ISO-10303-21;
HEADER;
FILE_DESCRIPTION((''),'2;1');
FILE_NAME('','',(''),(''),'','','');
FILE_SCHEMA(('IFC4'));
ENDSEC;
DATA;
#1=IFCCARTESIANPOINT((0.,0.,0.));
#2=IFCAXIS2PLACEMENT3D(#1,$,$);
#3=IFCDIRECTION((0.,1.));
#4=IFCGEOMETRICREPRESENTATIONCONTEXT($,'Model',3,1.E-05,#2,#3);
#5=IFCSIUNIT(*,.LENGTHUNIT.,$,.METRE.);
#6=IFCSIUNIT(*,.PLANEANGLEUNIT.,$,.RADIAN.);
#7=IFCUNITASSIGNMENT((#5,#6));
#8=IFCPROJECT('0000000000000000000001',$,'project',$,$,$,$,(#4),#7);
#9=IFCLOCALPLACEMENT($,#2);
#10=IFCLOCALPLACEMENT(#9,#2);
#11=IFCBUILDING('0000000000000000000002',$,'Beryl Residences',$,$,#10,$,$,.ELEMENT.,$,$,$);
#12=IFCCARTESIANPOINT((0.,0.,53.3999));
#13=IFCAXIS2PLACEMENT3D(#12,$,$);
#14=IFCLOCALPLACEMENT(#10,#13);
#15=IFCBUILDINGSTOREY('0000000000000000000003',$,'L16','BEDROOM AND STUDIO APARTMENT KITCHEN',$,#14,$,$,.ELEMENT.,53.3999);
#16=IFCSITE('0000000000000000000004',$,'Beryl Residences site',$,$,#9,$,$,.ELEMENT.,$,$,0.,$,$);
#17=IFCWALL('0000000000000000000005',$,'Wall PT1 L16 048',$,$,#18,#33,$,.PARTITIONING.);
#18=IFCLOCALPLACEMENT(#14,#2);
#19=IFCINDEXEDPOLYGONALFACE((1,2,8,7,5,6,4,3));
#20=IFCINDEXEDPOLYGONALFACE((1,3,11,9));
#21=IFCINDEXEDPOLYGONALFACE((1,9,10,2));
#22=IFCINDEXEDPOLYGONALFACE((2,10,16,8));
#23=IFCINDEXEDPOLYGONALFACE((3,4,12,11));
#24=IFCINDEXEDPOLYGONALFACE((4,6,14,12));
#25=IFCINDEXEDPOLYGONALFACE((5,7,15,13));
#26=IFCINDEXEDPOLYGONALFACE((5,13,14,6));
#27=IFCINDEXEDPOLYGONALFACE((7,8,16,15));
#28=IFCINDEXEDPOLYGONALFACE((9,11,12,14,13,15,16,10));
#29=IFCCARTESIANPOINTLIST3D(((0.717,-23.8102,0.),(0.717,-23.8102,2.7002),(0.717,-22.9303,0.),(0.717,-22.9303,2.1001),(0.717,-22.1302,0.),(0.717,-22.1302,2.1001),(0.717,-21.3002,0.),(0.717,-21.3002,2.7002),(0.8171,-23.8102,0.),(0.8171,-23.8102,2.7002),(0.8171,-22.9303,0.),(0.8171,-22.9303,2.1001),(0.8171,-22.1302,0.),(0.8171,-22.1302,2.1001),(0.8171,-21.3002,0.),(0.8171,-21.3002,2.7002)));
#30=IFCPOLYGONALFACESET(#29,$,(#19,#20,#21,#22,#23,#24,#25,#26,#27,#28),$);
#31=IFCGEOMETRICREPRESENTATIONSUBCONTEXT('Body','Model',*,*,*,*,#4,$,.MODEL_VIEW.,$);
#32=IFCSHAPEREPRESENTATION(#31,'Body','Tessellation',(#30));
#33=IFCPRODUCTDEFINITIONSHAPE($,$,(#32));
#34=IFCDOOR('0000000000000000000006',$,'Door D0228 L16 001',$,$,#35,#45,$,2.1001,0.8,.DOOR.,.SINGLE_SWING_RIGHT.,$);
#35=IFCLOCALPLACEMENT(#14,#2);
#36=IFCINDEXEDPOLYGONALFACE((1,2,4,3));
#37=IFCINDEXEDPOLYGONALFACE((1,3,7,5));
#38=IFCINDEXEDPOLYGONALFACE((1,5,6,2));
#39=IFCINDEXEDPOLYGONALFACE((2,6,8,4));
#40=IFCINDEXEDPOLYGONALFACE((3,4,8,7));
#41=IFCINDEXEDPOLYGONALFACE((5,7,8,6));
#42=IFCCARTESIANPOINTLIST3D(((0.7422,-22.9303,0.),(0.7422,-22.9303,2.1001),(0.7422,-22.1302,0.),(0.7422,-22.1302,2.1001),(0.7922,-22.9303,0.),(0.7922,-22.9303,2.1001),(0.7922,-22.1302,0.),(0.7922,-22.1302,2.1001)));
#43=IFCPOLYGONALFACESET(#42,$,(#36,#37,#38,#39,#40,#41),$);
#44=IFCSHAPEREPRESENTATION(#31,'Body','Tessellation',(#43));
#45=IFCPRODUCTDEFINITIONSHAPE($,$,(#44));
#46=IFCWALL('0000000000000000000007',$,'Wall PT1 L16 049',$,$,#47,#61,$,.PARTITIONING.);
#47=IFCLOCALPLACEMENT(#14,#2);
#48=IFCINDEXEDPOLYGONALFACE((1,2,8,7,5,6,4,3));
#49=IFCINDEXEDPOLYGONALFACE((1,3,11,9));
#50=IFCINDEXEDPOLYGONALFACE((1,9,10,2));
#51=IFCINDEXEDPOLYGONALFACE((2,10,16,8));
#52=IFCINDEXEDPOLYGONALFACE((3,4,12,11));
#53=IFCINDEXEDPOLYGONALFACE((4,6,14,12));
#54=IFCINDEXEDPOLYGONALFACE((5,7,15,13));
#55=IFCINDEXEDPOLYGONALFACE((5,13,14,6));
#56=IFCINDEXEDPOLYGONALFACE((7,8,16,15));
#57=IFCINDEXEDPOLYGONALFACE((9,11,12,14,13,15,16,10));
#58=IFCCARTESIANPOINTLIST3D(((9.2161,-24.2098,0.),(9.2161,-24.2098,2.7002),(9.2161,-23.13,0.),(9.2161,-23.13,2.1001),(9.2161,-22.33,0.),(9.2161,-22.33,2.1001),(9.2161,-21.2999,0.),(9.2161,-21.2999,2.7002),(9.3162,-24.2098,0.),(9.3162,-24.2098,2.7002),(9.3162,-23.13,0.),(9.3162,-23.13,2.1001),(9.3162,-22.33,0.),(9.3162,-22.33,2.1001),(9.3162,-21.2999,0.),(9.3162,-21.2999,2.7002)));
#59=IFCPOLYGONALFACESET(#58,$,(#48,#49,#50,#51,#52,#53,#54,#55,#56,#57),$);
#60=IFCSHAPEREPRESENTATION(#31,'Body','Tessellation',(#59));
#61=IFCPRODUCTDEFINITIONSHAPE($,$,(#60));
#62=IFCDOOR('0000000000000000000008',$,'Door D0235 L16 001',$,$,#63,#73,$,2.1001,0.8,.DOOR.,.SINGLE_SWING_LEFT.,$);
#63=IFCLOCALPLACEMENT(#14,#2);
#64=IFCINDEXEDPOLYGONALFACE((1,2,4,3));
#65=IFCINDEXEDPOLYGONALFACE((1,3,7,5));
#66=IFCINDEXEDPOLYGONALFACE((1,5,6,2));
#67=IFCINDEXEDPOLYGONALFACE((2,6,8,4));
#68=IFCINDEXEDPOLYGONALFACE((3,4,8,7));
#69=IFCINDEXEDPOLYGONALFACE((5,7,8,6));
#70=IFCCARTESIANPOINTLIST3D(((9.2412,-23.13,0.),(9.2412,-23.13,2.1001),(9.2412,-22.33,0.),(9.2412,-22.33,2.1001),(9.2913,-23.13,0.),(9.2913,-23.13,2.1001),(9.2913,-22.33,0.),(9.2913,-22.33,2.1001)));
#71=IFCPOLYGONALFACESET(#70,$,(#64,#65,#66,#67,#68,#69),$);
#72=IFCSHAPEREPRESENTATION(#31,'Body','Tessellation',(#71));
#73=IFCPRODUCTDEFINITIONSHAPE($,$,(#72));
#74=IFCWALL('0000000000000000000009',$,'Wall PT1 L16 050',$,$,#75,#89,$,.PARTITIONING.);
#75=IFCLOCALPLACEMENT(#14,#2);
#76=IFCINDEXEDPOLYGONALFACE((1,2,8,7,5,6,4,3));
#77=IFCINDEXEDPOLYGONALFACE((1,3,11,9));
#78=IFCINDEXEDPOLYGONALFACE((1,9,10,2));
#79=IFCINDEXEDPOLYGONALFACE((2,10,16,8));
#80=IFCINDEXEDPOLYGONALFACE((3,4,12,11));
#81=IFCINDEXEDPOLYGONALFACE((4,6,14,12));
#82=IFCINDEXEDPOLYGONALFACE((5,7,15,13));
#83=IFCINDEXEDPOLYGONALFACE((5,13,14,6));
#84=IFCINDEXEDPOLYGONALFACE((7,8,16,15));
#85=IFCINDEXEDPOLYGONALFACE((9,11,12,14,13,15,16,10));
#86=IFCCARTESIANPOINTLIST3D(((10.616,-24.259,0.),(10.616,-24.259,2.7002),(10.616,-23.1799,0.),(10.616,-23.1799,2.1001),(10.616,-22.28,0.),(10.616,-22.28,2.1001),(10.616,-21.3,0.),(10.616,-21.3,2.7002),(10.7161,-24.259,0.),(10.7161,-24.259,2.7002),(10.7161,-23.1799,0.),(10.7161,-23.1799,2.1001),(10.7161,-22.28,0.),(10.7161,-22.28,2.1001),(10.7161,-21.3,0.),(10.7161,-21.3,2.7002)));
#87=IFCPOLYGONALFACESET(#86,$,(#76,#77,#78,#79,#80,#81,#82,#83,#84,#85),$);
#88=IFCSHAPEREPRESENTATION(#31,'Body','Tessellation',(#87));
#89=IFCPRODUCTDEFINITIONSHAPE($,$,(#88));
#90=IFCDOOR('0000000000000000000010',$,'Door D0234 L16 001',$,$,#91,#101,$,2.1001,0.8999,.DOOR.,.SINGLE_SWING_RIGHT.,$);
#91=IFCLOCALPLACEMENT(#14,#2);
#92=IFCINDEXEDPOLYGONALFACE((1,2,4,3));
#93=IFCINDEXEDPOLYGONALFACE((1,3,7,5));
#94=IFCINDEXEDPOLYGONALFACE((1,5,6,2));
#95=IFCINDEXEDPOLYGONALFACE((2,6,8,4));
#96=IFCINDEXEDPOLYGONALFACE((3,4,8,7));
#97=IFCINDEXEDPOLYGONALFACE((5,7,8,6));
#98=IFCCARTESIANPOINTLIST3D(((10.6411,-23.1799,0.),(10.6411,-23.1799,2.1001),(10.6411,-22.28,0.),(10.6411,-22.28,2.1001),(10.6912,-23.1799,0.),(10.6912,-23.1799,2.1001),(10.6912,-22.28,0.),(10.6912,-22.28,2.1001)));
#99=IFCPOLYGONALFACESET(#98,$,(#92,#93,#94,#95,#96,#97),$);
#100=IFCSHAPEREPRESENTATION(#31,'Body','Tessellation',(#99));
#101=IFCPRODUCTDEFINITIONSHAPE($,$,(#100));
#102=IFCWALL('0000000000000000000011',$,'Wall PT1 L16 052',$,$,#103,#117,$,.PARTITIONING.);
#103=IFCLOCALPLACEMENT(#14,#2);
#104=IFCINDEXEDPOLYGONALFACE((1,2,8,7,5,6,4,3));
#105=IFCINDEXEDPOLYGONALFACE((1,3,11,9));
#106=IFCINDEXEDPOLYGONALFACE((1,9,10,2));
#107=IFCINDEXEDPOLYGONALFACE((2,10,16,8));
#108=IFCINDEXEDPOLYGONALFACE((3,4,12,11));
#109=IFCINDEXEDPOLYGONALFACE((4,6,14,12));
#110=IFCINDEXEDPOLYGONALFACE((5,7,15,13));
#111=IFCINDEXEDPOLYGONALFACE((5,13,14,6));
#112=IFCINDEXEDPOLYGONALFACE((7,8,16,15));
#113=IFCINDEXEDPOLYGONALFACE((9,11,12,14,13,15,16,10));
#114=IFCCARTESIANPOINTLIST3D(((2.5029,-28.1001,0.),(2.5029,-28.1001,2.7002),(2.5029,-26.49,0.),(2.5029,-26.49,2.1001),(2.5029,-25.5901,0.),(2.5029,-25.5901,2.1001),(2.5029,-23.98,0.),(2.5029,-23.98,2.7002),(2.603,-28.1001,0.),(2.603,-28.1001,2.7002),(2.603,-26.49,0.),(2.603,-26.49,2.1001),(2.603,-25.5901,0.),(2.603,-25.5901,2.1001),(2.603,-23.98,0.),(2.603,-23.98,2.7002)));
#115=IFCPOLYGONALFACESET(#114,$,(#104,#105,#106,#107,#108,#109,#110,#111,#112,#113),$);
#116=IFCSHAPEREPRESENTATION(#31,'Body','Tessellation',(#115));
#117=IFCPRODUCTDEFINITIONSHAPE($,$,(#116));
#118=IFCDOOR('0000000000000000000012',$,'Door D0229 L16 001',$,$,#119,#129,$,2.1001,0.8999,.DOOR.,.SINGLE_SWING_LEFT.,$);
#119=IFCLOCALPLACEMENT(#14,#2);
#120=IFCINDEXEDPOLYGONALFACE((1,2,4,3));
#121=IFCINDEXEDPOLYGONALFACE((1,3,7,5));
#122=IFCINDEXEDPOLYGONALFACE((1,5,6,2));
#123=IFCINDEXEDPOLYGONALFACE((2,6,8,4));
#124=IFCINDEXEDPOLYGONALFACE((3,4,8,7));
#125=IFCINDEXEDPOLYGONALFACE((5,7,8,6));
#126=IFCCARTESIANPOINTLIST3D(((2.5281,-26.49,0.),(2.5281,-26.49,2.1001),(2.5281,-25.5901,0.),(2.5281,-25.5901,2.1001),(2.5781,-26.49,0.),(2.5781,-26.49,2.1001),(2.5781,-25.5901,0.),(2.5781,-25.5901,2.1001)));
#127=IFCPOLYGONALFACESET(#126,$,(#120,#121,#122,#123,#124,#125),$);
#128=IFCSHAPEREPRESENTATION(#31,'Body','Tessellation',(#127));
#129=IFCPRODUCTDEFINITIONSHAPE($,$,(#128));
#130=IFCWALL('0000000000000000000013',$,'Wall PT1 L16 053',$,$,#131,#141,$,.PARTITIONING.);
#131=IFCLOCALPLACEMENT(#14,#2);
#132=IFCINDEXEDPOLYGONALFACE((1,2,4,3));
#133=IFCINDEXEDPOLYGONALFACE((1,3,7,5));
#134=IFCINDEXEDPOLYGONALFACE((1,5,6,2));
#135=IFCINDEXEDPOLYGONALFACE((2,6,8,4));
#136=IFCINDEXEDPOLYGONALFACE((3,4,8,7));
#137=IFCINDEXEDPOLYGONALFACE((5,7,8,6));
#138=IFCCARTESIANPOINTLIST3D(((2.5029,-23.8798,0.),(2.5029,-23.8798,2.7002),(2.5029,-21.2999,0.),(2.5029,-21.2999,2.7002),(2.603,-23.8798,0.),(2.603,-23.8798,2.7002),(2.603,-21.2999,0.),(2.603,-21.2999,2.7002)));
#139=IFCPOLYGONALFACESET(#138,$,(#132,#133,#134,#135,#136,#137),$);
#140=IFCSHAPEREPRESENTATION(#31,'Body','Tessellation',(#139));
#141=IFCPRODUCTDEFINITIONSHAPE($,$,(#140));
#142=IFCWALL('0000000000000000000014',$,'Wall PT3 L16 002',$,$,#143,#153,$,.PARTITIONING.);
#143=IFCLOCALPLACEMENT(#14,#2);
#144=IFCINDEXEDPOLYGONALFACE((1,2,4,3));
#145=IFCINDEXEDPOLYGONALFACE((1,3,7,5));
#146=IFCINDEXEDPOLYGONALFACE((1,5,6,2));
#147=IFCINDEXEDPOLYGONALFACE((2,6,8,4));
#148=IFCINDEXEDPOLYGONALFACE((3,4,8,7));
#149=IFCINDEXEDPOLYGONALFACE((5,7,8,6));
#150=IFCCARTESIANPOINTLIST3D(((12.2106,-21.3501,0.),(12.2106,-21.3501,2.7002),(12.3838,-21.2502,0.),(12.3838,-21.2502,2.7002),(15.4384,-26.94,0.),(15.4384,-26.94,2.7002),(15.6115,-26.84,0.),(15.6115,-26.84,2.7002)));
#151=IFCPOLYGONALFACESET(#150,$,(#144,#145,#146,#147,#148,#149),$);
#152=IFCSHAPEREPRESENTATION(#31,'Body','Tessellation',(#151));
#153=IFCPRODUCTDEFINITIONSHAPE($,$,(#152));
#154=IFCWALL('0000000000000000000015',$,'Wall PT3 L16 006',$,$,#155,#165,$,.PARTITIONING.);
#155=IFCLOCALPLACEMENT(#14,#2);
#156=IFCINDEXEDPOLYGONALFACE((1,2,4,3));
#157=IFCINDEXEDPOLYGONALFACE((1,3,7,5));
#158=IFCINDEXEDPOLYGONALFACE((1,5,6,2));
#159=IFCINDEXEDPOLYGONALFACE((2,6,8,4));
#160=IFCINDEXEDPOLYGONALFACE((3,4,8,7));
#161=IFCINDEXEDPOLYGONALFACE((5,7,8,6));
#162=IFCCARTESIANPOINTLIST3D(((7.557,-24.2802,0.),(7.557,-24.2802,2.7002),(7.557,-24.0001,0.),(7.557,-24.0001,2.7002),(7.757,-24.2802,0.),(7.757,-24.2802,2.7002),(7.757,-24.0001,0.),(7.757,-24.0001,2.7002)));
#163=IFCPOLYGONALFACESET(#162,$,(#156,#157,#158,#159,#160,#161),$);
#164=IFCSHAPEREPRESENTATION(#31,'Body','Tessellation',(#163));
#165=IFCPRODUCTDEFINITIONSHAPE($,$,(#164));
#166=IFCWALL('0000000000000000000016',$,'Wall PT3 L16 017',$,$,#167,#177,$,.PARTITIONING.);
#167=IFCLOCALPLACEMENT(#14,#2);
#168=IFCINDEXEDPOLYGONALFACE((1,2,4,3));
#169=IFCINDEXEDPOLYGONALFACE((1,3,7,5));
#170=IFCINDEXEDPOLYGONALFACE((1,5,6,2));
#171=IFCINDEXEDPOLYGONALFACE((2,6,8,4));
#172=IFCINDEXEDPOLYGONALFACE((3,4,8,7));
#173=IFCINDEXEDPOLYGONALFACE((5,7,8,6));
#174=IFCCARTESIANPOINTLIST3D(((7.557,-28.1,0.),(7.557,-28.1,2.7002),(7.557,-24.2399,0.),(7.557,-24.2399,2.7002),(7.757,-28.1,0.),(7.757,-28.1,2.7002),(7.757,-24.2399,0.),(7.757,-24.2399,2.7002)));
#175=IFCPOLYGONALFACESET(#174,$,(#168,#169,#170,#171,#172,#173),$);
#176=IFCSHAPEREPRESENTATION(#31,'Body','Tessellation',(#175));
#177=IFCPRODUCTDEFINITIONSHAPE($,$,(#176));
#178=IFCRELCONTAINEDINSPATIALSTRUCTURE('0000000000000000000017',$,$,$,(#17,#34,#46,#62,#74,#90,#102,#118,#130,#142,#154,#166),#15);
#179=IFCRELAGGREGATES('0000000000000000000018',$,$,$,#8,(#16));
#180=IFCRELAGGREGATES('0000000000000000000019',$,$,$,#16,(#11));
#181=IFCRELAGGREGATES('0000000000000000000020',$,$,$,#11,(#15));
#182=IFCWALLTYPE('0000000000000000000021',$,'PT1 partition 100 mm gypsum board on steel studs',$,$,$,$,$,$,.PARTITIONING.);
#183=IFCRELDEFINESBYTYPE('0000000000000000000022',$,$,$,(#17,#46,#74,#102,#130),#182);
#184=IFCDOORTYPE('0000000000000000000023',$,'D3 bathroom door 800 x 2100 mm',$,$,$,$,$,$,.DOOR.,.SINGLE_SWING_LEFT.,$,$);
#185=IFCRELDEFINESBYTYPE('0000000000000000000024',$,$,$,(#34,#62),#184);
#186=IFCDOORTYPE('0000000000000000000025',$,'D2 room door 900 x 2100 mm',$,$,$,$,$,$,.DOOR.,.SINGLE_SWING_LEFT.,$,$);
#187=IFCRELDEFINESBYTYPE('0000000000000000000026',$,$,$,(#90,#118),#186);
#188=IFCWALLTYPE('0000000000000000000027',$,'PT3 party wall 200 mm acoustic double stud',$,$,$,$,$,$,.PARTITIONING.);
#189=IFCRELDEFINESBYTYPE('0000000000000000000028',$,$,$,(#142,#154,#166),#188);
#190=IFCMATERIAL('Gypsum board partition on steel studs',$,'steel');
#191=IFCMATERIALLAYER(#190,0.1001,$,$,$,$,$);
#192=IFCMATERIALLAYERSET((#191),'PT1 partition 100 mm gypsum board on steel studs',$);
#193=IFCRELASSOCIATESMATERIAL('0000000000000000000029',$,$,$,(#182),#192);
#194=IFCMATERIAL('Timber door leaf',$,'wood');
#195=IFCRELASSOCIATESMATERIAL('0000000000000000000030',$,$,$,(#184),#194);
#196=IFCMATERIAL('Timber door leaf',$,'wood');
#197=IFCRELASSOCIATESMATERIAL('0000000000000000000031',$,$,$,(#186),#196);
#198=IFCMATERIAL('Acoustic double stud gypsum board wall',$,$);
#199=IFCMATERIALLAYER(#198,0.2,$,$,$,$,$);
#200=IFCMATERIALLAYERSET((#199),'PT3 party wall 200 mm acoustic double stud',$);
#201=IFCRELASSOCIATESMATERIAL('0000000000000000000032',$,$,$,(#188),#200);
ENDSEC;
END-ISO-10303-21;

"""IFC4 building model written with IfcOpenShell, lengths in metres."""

from ifc_helpers import new_model, si_unit, direction, frame, frame_2d, origin, place, context, subcontext, project, spatial, rectangle, extrude, material, layer, layer_set, type_object, element, fill, save


model = new_model("IFC4")

# Units and contexts
model_context = context("Model", 3, precision=1e-05, world=origin(), true_north=direction((0.0, 1.0)))
body_context = subcontext(model_context, "Body", "Model", "MODEL_VIEW")
ifc_project = project(units=[si_unit("LENGTHUNIT", "METRE"), si_unit("PLANEANGLEUNIT", "RADIAN")], contexts=[model_context])

# Site, building, storey
site_placement = place(None, origin())
site = spatial("IfcSite", under=ifc_project, at=site_placement, Name="Beryl Residences site", CompositionType="ELEMENT", RefElevation=0.0)
building_placement = place(site_placement, origin())
building = spatial("IfcBuilding", under=site, at=building_placement, Name="Beryl Residences", CompositionType="ELEMENT")
storey_placement = place(building_placement, frame((0.0, 0.0, 53.3999)))
storey = spatial("IfcBuildingStorey", under=building, at=storey_placement, Name="L16", Description="BEDROOM AND STUDIO APARTMENT KITCHEN", CompositionType="ELEMENT", Elevation=53.3999)

# Shared definitions
ifc_material_1 = material(Name="Gypsum board partition on steel studs", Category="steel")
ifc_layer_1 = layer(ifc_material_1, 0.1001)
ifc_layer_set_1 = layer_set([ifc_layer_1], Name="PT1 partition 100 mm gypsum board on steel studs")
wall_type_1 = type_object("IfcWallType", Name="PT1 partition 100 mm gypsum board on steel studs", PredefinedType="PARTITIONING", material=ifc_layer_set_1)
ifc_material_2 = material(Name="Timber door leaf", Category="wood")
door_type_1 = type_object("IfcDoorType", Name="D3 bathroom door 800 x 2100 mm", OperationType="SINGLE_SWING_LEFT", PredefinedType="DOOR", material=ifc_material_2)

# Walls, openings, doors
wall_1_placement = place(storey_placement, frame((0.7671, -23.8101, 0.0), z_axis=(0.0, 0.0, 1.0), x_axis=(0.0, 1.0, 0.0)))
wall_1 = element("IfcWall", 1, at=wall_1_placement, inside=storey, type_object=wall_type_1, Name="Wall PT1 L16 048", PredefinedType="PARTITIONING", context=body_context, shape_type="SweptSolid", body=[
    extrude(rectangle(XDim=2.51, YDim=0.1001, at=frame_2d((1.2549, 0.0))), origin(), (0.0, 0.0, 1.0), 2.7002),
])
opening_1_placement = place(wall_1_placement, frame((0.8799, 0.0, 0.0)))
opening_1 = element("IfcOpeningElement", 2, at=opening_1_placement, cuts=wall_1, PredefinedType="OPENING", context=body_context, shape_type="SweptSolid", body=[
    extrude(rectangle(XDim=0.8, YDim=2.1001, at=frame_2d((0.3999, 1.05))), frame((0.0, 0.0601, 0.0), z_axis=(0.0, -1.0, 0.0), x_axis=(1.0, 0.0, 0.0)), (0.0, 0.0, 1.0), 0.1201),
])
door_1_placement = place(opening_1_placement, origin())
door_1 = element("IfcDoor", 3, at=door_1_placement, inside=storey, type_object=door_type_1, Name="Door D0228 L16 001", OperationType="SINGLE_SWING_RIGHT", OverallHeight=2.1001, OverallWidth=0.8, PredefinedType="DOOR", context=body_context, shape_type="SweptSolid", body=[
    extrude(rectangle(XDim=0.8, YDim=2.1001, at=frame_2d((0.3999, 1.05))), frame((0.0, 0.0249, 0.0), z_axis=(0.0, -1.0, 0.0), x_axis=(1.0, 0.0, 0.0)), (0.0, 0.0, 1.0), 0.05),
])
fill(opening_1, door_1)
wall_2_placement = place(storey_placement, frame((9.2661, -24.21, 0.0), z_axis=(0.0, 0.0, 1.0), x_axis=(0.0, 1.0, 0.0)))
wall_2 = element("IfcWall", 4, at=wall_2_placement, inside=storey, type_object=wall_type_1, Name="Wall PT1 L16 049", PredefinedType="PARTITIONING", context=body_context, shape_type="SweptSolid", body=[
    extrude(rectangle(XDim=2.9099, YDim=0.1001, at=frame_2d((1.4551, 0.0))), origin(), (0.0, 0.0, 1.0), 2.7002),
])
opening_2_placement = place(wall_2_placement, frame((1.0801, 0.0, 0.0)))
opening_2 = element("IfcOpeningElement", 5, at=opening_2_placement, cuts=wall_2, PredefinedType="OPENING", context=body_context, shape_type="SweptSolid", body=[
    extrude(rectangle(XDim=0.8, YDim=2.1001, at=frame_2d((0.3999, 1.05))), frame((0.0, 0.0601, 0.0), z_axis=(0.0, -1.0, 0.0), x_axis=(1.0, 0.0, 0.0)), (0.0, 0.0, 1.0), 0.1201),
])
door_2_placement = place(opening_2_placement, origin())
door_2 = element("IfcDoor", 6, at=door_2_placement, inside=storey, type_object=door_type_1, Name="Door D0235 L16 001", OperationType="SINGLE_SWING_LEFT", OverallHeight=2.1001, OverallWidth=0.8, PredefinedType="DOOR", context=body_context, shape_type="SweptSolid", body=[
    extrude(rectangle(XDim=0.8, YDim=2.1001, at=frame_2d((0.3999, 1.05))), frame((0.0, 0.0249, 0.0), z_axis=(0.0, -1.0, 0.0), x_axis=(1.0, 0.0, 0.0)), (0.0, 0.0, 1.0), 0.05),
])
fill(opening_2, door_2)
wall_3_placement = place(storey_placement, frame((10.666, -24.259, 0.0), z_axis=(0.0, 0.0, 1.0), x_axis=(0.0, 1.0, 0.0)))
wall_3 = element("IfcWall", 7, at=wall_3_placement, inside=storey, type_object=wall_type_1, Name="Wall PT1 L16 050", PredefinedType="PARTITIONING", context=body_context, shape_type="SweptSolid", body=[
    extrude(rectangle(XDim=2.959, YDim=0.1001, at=frame_2d((1.4795, 0.0))), origin(), (0.0, 0.0, 1.0), 2.7002),
])
opening_3_placement = place(wall_3_placement, frame((1.0791, 0.0, 0.0)))
opening_3 = element("IfcOpeningElement", 8, at=opening_3_placement, cuts=wall_3, PredefinedType="OPENING", context=body_context, shape_type="SweptSolid", body=[
    extrude(rectangle(XDim=0.8999, YDim=2.1001, at=frame_2d((0.45, 1.05))), frame((0.0, 0.0601, 0.0), z_axis=(0.0, -1.0, 0.0), x_axis=(1.0, 0.0, 0.0)), (0.0, 0.0, 1.0), 0.1201),
])
ifc_material_3 = material(Name="Timber door leaf", Category="wood")
door_type_2 = type_object("IfcDoorType", Name="D2 room door 900 x 2100 mm", OperationType="SINGLE_SWING_LEFT", PredefinedType="DOOR", material=ifc_material_3)
door_3_placement = place(opening_3_placement, origin())
door_3 = element("IfcDoor", 9, at=door_3_placement, inside=storey, type_object=door_type_2, Name="Door D0234 L16 001", OperationType="SINGLE_SWING_RIGHT", OverallHeight=2.1001, OverallWidth=0.8999, PredefinedType="DOOR", context=body_context, shape_type="SweptSolid", body=[
    extrude(rectangle(XDim=0.8999, YDim=2.1001, at=frame_2d((0.45, 1.05))), frame((0.0, 0.0249, 0.0), z_axis=(0.0, -1.0, 0.0), x_axis=(1.0, 0.0, 0.0)), (0.0, 0.0, 1.0), 0.05),
])
fill(opening_3, door_3)
wall_4_placement = place(storey_placement, frame((2.553, -28.1001, 0.0), z_axis=(0.0, 0.0, 1.0), x_axis=(0.0, 1.0, 0.0)))
wall_4 = element("IfcWall", 10, at=wall_4_placement, inside=storey, type_object=wall_type_1, Name="Wall PT1 L16 052", PredefinedType="PARTITIONING", context=body_context, shape_type="SweptSolid", body=[
    extrude(rectangle(XDim=4.1201, YDim=0.1001, at=frame_2d((2.0601, 0.0))), origin(), (0.0, 0.0, 1.0), 2.7002),
])
opening_4_placement = place(wall_4_placement, frame((1.6101, 0.0, 0.0)))
opening_4 = element("IfcOpeningElement", 11, at=opening_4_placement, cuts=wall_4, PredefinedType="OPENING", context=body_context, shape_type="SweptSolid", body=[
    extrude(rectangle(XDim=0.8999, YDim=2.1001, at=frame_2d((0.45, 1.05))), frame((0.0, 0.0601, 0.0), z_axis=(0.0, -1.0, 0.0), x_axis=(1.0, 0.0, 0.0)), (0.0, 0.0, 1.0), 0.1201),
])
door_4_placement = place(opening_4_placement, origin())
door_4 = element("IfcDoor", 12, at=door_4_placement, inside=storey, type_object=door_type_2, Name="Door D0229 L16 001", OperationType="SINGLE_SWING_LEFT", OverallHeight=2.1001, OverallWidth=0.8999, PredefinedType="DOOR", context=body_context, shape_type="SweptSolid", body=[
    extrude(rectangle(XDim=0.8999, YDim=2.1001, at=frame_2d((0.45, 1.05))), frame((0.0, 0.0249, 0.0), z_axis=(0.0, -1.0, 0.0), x_axis=(1.0, 0.0, 0.0)), (0.0, 0.0, 1.0), 0.05),
])
fill(opening_4, door_4)

# Walls
wall_5_placement = place(storey_placement, frame((2.553, -23.8799, 0.0), z_axis=(0.0, 0.0, 1.0), x_axis=(0.0, 1.0, 0.0)))
element("IfcWall", 13, at=wall_5_placement, inside=storey, type_object=wall_type_1, Name="Wall PT1 L16 053", PredefinedType="PARTITIONING", context=body_context, shape_type="SweptSolid", body=[
    extrude(rectangle(XDim=2.5798, YDim=0.1001, at=frame_2d((1.29, 0.0))), origin(), (0.0, 0.0, 1.0), 2.7002),
])
ifc_material_4 = material(Name="Acoustic double stud gypsum board wall")
ifc_layer_2 = layer(ifc_material_4, 0.2)
ifc_layer_set_2 = layer_set([ifc_layer_2], Name="PT3 party wall 200 mm acoustic double stud")
wall_type_2 = type_object("IfcWallType", Name="PT3 party wall 200 mm acoustic double stud", PredefinedType="PARTITIONING", material=ifc_layer_set_2)
wall_6_placement = place(storey_placement, frame((12.2971, -21.3, 0.0), z_axis=(0.0, 0.0, 1.0), x_axis=(0.500056, -0.865993, 0.0)))
element("IfcWall", 14, at=wall_6_placement, inside=storey, type_object=wall_type_2, Name="Wall PT3 L16 002", PredefinedType="PARTITIONING", context=body_context, shape_type="SweptSolid", body=[
    extrude(rectangle(XDim=6.4548, YDim=0.2, at=frame_2d((3.2275, 0.0))), origin(), (0.0, 0.0, 1.0), 2.7002),
])
wall_7_placement = place(storey_placement, frame((7.657, -24.0, 0.0), z_axis=(0.0, 0.0, 1.0), x_axis=(0.0, -1.0, 0.0)))
element("IfcWall", 15, at=wall_7_placement, inside=storey, type_object=wall_type_2, Name="Wall PT3 L16 006", PredefinedType="PARTITIONING", context=body_context, shape_type="SweptSolid", body=[
    extrude(rectangle(XDim=0.28, YDim=0.2, at=frame_2d((0.1401, 0.0))), origin(), (0.0, 0.0, 1.0), 2.7002),
])
wall_8_placement = place(storey_placement, frame((7.657, -28.1001, 0.0), z_axis=(0.0, 0.0, 1.0), x_axis=(0.0, 1.0, 0.0)))
element("IfcWall", 16, at=wall_8_placement, inside=storey, type_object=wall_type_2, Name="Wall PT3 L16 017", PredefinedType="PARTITIONING", context=body_context, shape_type="SweptSolid", body=[
    extrude(rectangle(XDim=3.8601, YDim=0.2, at=frame_2d((1.9302, 0.0))), origin(), (0.0, 0.0, 1.0), 2.7002),
])

save(model, "model.ifc")
